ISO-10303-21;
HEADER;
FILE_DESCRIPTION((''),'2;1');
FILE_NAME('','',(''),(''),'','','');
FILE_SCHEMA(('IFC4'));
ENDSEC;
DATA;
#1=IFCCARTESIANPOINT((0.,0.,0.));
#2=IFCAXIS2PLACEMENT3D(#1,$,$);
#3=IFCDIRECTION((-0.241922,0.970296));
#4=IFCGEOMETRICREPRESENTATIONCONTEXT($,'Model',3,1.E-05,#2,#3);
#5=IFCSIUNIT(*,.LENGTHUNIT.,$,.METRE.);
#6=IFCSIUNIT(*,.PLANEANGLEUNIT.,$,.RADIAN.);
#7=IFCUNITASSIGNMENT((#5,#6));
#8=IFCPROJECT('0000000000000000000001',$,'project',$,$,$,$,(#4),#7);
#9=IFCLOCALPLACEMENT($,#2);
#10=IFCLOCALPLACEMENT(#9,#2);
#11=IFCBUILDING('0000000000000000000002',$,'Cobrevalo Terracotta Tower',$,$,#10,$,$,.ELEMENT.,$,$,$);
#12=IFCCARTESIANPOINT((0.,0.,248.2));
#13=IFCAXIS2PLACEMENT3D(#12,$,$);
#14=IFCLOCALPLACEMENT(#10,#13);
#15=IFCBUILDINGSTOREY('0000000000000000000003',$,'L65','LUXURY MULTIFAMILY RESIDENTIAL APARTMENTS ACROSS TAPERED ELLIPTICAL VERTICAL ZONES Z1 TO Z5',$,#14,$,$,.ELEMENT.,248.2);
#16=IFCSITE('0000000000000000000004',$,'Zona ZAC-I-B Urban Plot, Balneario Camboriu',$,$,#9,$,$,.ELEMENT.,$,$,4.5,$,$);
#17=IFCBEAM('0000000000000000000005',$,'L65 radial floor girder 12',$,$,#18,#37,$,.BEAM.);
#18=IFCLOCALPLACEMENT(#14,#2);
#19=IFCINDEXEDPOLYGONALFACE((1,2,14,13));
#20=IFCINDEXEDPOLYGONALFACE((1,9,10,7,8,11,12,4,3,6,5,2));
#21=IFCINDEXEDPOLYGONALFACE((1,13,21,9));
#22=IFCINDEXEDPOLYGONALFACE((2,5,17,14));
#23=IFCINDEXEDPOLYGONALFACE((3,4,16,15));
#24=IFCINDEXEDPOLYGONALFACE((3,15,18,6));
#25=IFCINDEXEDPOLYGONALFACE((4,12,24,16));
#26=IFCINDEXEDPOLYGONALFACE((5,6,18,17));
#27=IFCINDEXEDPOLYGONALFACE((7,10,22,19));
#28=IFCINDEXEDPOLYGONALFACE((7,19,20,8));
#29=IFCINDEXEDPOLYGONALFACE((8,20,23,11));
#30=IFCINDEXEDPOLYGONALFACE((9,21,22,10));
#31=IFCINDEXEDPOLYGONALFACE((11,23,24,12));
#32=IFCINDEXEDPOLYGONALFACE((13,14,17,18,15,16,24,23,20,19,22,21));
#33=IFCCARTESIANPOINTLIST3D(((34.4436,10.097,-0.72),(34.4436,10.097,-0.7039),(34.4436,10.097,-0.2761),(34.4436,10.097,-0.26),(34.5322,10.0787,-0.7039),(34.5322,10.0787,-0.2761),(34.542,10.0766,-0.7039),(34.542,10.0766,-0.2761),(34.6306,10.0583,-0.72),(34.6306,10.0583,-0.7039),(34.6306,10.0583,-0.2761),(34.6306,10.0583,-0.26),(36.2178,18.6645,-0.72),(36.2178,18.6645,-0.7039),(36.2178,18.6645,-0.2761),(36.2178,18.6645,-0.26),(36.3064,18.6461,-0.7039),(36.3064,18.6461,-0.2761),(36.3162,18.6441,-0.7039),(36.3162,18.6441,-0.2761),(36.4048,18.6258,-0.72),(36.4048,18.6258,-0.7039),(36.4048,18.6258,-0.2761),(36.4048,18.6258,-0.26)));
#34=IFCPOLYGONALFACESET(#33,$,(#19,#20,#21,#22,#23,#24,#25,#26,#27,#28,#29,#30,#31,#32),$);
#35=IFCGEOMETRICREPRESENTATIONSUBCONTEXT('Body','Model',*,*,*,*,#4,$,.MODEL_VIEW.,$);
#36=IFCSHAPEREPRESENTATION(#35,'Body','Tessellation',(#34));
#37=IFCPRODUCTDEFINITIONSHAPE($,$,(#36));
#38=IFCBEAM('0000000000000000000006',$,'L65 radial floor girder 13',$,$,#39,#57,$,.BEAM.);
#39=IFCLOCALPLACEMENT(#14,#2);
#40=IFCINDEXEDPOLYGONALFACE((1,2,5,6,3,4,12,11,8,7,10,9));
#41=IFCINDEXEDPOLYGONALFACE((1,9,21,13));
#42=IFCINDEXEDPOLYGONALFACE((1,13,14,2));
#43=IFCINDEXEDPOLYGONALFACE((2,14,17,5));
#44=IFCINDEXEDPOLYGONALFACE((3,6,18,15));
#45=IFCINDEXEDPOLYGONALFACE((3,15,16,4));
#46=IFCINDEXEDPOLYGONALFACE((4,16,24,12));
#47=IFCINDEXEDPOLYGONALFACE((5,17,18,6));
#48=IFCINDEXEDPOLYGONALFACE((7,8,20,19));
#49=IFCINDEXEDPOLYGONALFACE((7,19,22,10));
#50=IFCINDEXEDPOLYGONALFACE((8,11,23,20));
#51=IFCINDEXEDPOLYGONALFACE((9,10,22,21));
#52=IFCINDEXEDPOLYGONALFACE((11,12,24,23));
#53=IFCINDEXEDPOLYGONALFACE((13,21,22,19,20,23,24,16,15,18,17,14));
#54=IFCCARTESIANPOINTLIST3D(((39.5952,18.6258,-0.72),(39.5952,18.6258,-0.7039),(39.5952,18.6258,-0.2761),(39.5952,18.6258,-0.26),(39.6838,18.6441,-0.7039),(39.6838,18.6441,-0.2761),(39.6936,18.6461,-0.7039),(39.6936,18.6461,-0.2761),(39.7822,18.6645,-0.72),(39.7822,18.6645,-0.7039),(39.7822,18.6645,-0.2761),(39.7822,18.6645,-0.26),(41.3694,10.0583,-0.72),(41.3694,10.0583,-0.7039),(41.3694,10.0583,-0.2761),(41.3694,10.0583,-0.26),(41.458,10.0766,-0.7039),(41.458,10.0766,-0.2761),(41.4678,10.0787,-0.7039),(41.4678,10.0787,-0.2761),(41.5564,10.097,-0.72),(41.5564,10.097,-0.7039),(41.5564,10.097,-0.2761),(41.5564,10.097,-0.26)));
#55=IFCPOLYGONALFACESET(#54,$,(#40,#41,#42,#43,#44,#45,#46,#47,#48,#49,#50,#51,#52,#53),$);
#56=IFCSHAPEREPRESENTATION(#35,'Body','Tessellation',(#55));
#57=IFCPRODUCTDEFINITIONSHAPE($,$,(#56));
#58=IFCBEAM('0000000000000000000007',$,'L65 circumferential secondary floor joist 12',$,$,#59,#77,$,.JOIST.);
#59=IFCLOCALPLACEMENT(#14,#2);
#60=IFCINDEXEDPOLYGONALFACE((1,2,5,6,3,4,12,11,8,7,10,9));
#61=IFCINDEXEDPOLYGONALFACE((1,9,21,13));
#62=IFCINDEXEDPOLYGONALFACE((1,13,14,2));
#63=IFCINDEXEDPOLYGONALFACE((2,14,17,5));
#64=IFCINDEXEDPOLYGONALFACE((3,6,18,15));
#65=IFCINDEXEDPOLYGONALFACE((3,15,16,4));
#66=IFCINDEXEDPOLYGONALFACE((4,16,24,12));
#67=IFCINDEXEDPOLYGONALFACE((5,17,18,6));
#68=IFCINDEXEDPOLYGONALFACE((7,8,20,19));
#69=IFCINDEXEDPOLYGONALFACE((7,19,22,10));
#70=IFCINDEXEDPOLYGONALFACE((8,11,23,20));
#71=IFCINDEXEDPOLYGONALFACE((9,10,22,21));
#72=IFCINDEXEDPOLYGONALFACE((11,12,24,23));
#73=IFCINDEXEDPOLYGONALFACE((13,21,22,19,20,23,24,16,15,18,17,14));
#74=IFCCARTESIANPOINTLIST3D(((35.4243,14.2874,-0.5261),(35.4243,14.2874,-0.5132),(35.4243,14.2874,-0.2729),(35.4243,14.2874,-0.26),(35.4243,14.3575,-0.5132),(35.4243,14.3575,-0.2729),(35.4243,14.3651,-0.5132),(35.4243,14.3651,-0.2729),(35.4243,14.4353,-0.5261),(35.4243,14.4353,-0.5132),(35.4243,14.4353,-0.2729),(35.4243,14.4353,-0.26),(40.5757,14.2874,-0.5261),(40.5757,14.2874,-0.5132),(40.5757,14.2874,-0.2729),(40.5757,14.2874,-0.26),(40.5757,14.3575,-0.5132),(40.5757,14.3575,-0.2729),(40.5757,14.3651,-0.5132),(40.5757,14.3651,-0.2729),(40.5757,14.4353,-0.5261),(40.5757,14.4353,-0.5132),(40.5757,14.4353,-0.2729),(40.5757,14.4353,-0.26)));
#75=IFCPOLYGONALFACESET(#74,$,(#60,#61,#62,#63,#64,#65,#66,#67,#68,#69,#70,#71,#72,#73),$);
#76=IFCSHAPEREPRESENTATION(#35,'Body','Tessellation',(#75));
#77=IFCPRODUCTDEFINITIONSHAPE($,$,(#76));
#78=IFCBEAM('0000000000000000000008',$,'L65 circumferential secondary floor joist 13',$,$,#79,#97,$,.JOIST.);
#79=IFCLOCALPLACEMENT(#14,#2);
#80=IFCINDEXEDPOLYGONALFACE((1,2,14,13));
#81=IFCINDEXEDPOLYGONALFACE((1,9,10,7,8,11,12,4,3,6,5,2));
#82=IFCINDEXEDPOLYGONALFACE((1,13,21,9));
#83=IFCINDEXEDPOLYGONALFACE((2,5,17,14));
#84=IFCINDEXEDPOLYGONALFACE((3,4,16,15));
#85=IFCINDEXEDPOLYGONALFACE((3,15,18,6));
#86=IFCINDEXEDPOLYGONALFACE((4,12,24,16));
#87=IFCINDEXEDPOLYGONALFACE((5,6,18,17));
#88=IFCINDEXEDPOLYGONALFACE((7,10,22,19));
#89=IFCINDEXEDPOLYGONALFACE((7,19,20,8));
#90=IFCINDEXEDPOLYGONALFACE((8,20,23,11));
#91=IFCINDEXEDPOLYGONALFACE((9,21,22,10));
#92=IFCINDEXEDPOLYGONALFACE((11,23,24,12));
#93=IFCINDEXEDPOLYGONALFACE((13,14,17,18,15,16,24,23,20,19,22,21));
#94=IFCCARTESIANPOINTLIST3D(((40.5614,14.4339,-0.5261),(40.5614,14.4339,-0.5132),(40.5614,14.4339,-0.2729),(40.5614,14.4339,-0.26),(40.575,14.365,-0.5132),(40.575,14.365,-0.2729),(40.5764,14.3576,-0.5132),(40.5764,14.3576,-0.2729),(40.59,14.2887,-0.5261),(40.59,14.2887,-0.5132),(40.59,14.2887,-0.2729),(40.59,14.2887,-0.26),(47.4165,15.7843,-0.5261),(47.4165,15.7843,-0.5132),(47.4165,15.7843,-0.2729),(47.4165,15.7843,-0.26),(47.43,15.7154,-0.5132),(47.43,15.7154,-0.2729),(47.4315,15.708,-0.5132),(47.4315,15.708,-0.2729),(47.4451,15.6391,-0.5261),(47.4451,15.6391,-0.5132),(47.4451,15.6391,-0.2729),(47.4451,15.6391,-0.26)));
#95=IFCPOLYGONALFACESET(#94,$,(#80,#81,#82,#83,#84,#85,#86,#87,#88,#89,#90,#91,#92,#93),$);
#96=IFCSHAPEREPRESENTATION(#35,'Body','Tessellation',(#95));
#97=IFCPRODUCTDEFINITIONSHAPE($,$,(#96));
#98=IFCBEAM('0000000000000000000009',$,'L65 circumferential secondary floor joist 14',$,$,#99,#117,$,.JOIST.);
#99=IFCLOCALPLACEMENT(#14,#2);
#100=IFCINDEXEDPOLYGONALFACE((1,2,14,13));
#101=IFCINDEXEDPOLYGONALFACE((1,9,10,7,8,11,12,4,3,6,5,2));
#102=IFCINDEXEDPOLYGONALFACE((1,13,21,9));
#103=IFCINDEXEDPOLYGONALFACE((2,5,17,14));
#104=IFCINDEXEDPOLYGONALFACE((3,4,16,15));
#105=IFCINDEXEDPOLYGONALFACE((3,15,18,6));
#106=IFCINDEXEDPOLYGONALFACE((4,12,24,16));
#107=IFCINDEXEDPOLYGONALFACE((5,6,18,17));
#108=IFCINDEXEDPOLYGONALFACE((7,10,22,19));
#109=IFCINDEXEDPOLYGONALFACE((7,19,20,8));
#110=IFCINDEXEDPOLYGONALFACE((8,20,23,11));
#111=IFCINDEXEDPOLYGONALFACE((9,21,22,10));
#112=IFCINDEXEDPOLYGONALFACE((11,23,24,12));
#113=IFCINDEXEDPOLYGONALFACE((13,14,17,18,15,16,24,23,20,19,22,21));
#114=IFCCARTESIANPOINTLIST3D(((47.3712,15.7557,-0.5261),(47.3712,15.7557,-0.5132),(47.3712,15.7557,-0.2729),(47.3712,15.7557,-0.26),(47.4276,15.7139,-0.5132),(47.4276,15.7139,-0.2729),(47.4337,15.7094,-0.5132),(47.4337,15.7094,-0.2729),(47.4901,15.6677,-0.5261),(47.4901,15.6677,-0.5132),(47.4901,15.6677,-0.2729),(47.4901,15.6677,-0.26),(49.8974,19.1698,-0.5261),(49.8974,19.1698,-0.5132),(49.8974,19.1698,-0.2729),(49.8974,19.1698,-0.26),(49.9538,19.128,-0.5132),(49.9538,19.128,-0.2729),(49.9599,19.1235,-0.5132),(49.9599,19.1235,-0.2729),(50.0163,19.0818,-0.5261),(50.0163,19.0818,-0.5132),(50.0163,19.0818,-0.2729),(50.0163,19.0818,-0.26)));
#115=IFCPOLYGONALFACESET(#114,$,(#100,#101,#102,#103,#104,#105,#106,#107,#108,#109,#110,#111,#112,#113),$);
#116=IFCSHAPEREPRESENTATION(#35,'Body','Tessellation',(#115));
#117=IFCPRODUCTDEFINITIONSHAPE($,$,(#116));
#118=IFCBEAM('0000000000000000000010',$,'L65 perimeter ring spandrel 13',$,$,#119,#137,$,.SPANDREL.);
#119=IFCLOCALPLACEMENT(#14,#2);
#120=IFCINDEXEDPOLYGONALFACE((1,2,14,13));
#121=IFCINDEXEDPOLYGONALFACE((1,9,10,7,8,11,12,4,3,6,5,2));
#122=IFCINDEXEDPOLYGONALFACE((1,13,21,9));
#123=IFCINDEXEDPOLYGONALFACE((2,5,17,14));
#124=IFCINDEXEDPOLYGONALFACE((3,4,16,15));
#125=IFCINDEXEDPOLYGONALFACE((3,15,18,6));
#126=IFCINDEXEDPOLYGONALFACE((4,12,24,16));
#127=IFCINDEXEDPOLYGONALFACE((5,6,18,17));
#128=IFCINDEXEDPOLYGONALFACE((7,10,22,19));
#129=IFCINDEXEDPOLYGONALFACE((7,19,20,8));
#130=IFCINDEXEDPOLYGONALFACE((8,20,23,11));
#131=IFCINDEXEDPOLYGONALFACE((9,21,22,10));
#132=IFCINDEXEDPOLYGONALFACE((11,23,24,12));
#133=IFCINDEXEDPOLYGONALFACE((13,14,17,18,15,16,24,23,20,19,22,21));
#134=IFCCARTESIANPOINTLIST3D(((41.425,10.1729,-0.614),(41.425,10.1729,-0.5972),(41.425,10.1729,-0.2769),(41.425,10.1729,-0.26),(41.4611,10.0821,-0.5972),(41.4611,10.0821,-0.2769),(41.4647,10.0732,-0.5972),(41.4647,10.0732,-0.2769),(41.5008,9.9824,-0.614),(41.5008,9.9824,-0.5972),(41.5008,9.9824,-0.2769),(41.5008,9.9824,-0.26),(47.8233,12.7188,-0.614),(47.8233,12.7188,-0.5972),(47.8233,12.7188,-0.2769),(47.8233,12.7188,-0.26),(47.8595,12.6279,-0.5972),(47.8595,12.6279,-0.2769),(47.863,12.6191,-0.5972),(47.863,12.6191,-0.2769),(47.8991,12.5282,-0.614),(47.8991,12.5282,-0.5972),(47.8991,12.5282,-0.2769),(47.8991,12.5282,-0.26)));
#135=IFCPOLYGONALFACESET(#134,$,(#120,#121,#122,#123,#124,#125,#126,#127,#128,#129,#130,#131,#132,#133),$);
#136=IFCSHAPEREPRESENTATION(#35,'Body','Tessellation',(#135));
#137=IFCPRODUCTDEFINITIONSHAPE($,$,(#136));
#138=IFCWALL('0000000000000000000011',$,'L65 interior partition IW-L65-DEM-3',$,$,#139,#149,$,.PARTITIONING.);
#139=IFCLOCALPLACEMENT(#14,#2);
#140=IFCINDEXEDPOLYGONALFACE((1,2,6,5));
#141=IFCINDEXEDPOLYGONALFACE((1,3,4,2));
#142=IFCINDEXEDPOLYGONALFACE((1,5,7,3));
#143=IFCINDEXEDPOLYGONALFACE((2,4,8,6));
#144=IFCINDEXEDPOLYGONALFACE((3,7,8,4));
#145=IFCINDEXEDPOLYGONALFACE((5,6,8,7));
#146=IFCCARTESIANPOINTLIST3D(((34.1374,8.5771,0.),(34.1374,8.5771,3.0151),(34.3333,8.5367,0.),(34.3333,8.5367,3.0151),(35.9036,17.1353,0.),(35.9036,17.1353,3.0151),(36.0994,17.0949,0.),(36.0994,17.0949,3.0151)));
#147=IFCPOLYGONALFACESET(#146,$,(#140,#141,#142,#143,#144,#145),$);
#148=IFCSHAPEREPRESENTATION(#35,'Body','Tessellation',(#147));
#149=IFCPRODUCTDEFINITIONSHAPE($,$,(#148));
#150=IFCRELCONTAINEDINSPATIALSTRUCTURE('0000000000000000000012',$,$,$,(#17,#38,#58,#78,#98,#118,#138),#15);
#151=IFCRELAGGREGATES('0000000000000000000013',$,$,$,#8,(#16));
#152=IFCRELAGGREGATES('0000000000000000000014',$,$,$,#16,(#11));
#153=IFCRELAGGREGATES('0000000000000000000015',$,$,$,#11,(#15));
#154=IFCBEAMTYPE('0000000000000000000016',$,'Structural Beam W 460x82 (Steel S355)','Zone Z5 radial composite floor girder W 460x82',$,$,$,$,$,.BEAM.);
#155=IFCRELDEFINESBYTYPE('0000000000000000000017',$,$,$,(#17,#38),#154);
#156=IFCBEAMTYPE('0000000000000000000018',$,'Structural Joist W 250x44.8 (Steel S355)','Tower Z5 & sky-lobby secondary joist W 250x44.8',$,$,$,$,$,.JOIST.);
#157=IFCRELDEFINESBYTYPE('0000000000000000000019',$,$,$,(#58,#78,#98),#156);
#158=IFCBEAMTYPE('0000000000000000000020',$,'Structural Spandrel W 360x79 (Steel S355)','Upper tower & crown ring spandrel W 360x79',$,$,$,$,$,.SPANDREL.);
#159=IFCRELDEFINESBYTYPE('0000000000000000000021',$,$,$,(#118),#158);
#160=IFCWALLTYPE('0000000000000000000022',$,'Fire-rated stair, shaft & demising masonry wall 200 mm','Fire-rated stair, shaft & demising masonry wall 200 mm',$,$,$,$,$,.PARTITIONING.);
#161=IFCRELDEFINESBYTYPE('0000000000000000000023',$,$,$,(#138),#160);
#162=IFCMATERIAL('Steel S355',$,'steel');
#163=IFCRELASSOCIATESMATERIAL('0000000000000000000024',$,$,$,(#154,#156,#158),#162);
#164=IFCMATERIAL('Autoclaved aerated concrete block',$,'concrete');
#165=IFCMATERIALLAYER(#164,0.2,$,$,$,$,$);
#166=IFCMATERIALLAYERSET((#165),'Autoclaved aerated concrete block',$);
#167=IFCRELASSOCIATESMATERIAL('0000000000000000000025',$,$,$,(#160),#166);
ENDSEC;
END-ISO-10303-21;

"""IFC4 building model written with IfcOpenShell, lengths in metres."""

from ifc_helpers import new_model, si_unit, direction, frame, frame_2d, origin, origin_2d, place, context, subcontext, project, spatial, rectangle, i_section, extrude, material, layer, layer_set, material_profile, profile_set, type_object, element, save


model = new_model("IFC4")

# Units and contexts
model_context = context("Model", 3, precision=1e-05, world=origin(), true_north=direction((-0.241922, 0.970296)))
body_context = subcontext(model_context, "Body", "Model", "MODEL_VIEW")
ifc_project = project(units=[si_unit("LENGTHUNIT", "METRE"), si_unit("PLANEANGLEUNIT", "RADIAN")], contexts=[model_context])

# Site, building, storey
site_placement = place(None, origin())
site = spatial("IfcSite", under=ifc_project, at=site_placement, Name="Zona ZAC-I-B Urban Plot, Balneario Camboriu", CompositionType="ELEMENT", RefElevation=4.5)
building_placement = place(site_placement, origin())
building = spatial("IfcBuilding", under=site, at=building_placement, Name="Cobrevalo Terracotta Tower", CompositionType="ELEMENT")
storey_placement = place(building_placement, frame((0.0, 0.0, 248.2)))
storey = spatial("IfcBuildingStorey", under=building, at=storey_placement, Name="L65", Description="LUXURY MULTIFAMILY RESIDENTIAL APARTMENTS ACROSS TAPERED ELLIPTICAL VERTICAL ZONES Z1 TO Z5", CompositionType="ELEMENT", Elevation=248.2)

# Shared definitions
ifc_material_1 = material(Name="Steel S355", Category="steel")

# Beams
ifc_material_profile_1 = material_profile(ifc_material_1, i_section(OverallWidth=0.1909, OverallDepth=0.46, WebThickness=0.01, FlangeThickness=0.0161, at=origin_2d()), Name="W 460x82")
ifc_profile_set_1 = profile_set([ifc_material_profile_1], Name="Steel S355")
beam_type_1 = type_object("IfcBeamType", Name="Structural Beam W 460x82 (Steel S355)", Description="Zone Z5 radial composite floor girder W 460x82", PredefinedType="BEAM", material=ifc_profile_set_1)
for number, where, z_axis, x_axis, name in (
    (1, (34.5371, 10.0776, -0.49), (0.202782, 0.979224, 0.0), (-0.979224, 0.202782, 0.0), "L65 radial floor girder 12"),
    (2, (41.4629, 10.0776, -0.49), (-0.202782, 0.979224, 0.0), (-0.979224, -0.202782, 0.0), "L65 radial floor girder 13"),
):
    element("IfcBeam", number, at=place(storey_placement, frame(where, z_axis=z_axis, x_axis=x_axis)), inside=storey, type_object=beam_type_1, Name=name, PredefinedType="BEAM", context=body_context, shape_type="SweptSolid", body=[
        extrude(i_section(OverallWidth=0.1909, OverallDepth=0.46, WebThickness=0.01, FlangeThickness=0.0161, at=origin_2d()), origin(), (0.0, 0.0, 1.0), 8.7493),
    ])
ifc_material_profile_2 = material_profile(ifc_material_1, i_section(OverallWidth=0.1479, OverallDepth=0.2661, WebThickness=0.0076, FlangeThickness=0.0129, at=origin_2d()), Name="W 250x44.8")
ifc_profile_set_2 = profile_set([ifc_material_profile_2], Name="Steel S355")
beam_type_2 = type_object("IfcBeamType", Name="Structural Joist W 250x44.8 (Steel S355)", Description="Tower Z5 & sky-lobby secondary joist W 250x44.8", PredefinedType="JOIST", material=ifc_profile_set_2)
beam_1_placement = place(storey_placement, frame((35.4243, 14.3613, -0.3931), z_axis=(1.0, 0.0, 0.0), x_axis=(0.0, 1.0, 0.0)))
element("IfcBeam", 3, at=beam_1_placement, inside=storey, type_object=beam_type_2, Name="L65 circumferential secondary floor joist 12", PredefinedType="JOIST", context=body_context, shape_type="SweptSolid", body=[
    extrude(i_section(OverallWidth=0.1479, OverallDepth=0.2661, WebThickness=0.0076, FlangeThickness=0.0129, at=origin_2d()), origin(), (0.0, 0.0, 1.0), 5.1514),
])
beam_2_placement = place(storey_placement, frame((40.5757, 14.3613, -0.3931), z_axis=(0.981145, 0.193273, 0.0), x_axis=(-0.193273, 0.981145, 0.0)))
element("IfcBeam", 4, at=beam_2_placement, inside=storey, type_object=beam_type_2, Name="L65 circumferential secondary floor joist 13", PredefinedType="JOIST", context=body_context, shape_type="SweptSolid", body=[
    extrude(i_section(OverallWidth=0.1479, OverallDepth=0.2661, WebThickness=0.0076, FlangeThickness=0.0129, at=origin_2d()), origin(), (0.0, 0.0, 1.0), 6.9868),
])
beam_3_placement = place(storey_placement, frame((47.4307, 15.7117, -0.3931), z_axis=(0.5948, 0.803874, 0.0), x_axis=(-0.803874, 0.5948, 0.0)))
element("IfcBeam", 5, at=beam_3_placement, inside=storey, type_object=beam_type_2, Name="L65 circumferential secondary floor joist 14", PredefinedType="JOIST", context=body_context, shape_type="SweptSolid", body=[
    extrude(i_section(OverallWidth=0.1479, OverallDepth=0.2661, WebThickness=0.0076, FlangeThickness=0.0129, at=origin_2d()), origin(), (0.0, 0.0, 1.0), 4.2471),
])
ifc_material_profile_3 = material_profile(ifc_material_1, i_section(OverallWidth=0.2051, OverallDepth=0.354, WebThickness=0.0095, FlangeThickness=0.0168, at=origin_2d()), Name="W 360x79")
ifc_profile_set_3 = profile_set([ifc_material_profile_3], Name="Steel S355")
beam_type_3 = type_object("IfcBeamType", Name="Structural Spandrel W 360x79 (Steel S355)", Description="Upper tower & crown ring spandrel W 360x79", PredefinedType="SPANDREL", material=ifc_profile_set_3)
beam_4_placement = place(storey_placement, frame((41.4629, 10.0776, -0.437), z_axis=(0.92915, 0.369703, 0.0), x_axis=(-0.369703, 0.92915, 0.0)))
element("IfcBeam", 6, at=beam_4_placement, inside=storey, type_object=beam_type_3, Name="L65 perimeter ring spandrel 13", PredefinedType="SPANDREL", context=body_context, shape_type="SweptSolid", body=[
    extrude(i_section(OverallWidth=0.2051, OverallDepth=0.354, WebThickness=0.0095, FlangeThickness=0.0168, at=origin_2d()), origin(), (0.0, 0.0, 1.0), 6.8862),
])

# Wall
ifc_material_2 = material(Name="Autoclaved aerated concrete block", Category="concrete")
ifc_layer_1 = layer(ifc_material_2, 0.2)
ifc_layer_set_1 = layer_set([ifc_layer_1], Name="Autoclaved aerated concrete block")
wall_type_1 = type_object("IfcWallType", Name="Fire-rated stair, shaft & demising masonry wall 200 mm", Description="Fire-rated stair, shaft & demising masonry wall 200 mm", PredefinedType="PARTITIONING", material=ifc_layer_set_1)
wall_1_placement = place(storey_placement, frame((36.0015, 17.115, 0.0), z_axis=(0.0, 0.0, 1.0), x_axis=(-0.202109, -0.979363, 0.0)))
element("IfcWall", 7, at=wall_1_placement, inside=storey, type_object=wall_type_1, Name="L65 interior partition IW-L65-DEM-3", PredefinedType="PARTITIONING", context=body_context, shape_type="SweptSolid", body=[
    extrude(rectangle(XDim=8.7385, YDim=0.2, at=frame_2d((4.3691, 0.0))), origin(), (0.0, 0.0, 1.0), 3.0151),
])

save(model, "model.ifc")
